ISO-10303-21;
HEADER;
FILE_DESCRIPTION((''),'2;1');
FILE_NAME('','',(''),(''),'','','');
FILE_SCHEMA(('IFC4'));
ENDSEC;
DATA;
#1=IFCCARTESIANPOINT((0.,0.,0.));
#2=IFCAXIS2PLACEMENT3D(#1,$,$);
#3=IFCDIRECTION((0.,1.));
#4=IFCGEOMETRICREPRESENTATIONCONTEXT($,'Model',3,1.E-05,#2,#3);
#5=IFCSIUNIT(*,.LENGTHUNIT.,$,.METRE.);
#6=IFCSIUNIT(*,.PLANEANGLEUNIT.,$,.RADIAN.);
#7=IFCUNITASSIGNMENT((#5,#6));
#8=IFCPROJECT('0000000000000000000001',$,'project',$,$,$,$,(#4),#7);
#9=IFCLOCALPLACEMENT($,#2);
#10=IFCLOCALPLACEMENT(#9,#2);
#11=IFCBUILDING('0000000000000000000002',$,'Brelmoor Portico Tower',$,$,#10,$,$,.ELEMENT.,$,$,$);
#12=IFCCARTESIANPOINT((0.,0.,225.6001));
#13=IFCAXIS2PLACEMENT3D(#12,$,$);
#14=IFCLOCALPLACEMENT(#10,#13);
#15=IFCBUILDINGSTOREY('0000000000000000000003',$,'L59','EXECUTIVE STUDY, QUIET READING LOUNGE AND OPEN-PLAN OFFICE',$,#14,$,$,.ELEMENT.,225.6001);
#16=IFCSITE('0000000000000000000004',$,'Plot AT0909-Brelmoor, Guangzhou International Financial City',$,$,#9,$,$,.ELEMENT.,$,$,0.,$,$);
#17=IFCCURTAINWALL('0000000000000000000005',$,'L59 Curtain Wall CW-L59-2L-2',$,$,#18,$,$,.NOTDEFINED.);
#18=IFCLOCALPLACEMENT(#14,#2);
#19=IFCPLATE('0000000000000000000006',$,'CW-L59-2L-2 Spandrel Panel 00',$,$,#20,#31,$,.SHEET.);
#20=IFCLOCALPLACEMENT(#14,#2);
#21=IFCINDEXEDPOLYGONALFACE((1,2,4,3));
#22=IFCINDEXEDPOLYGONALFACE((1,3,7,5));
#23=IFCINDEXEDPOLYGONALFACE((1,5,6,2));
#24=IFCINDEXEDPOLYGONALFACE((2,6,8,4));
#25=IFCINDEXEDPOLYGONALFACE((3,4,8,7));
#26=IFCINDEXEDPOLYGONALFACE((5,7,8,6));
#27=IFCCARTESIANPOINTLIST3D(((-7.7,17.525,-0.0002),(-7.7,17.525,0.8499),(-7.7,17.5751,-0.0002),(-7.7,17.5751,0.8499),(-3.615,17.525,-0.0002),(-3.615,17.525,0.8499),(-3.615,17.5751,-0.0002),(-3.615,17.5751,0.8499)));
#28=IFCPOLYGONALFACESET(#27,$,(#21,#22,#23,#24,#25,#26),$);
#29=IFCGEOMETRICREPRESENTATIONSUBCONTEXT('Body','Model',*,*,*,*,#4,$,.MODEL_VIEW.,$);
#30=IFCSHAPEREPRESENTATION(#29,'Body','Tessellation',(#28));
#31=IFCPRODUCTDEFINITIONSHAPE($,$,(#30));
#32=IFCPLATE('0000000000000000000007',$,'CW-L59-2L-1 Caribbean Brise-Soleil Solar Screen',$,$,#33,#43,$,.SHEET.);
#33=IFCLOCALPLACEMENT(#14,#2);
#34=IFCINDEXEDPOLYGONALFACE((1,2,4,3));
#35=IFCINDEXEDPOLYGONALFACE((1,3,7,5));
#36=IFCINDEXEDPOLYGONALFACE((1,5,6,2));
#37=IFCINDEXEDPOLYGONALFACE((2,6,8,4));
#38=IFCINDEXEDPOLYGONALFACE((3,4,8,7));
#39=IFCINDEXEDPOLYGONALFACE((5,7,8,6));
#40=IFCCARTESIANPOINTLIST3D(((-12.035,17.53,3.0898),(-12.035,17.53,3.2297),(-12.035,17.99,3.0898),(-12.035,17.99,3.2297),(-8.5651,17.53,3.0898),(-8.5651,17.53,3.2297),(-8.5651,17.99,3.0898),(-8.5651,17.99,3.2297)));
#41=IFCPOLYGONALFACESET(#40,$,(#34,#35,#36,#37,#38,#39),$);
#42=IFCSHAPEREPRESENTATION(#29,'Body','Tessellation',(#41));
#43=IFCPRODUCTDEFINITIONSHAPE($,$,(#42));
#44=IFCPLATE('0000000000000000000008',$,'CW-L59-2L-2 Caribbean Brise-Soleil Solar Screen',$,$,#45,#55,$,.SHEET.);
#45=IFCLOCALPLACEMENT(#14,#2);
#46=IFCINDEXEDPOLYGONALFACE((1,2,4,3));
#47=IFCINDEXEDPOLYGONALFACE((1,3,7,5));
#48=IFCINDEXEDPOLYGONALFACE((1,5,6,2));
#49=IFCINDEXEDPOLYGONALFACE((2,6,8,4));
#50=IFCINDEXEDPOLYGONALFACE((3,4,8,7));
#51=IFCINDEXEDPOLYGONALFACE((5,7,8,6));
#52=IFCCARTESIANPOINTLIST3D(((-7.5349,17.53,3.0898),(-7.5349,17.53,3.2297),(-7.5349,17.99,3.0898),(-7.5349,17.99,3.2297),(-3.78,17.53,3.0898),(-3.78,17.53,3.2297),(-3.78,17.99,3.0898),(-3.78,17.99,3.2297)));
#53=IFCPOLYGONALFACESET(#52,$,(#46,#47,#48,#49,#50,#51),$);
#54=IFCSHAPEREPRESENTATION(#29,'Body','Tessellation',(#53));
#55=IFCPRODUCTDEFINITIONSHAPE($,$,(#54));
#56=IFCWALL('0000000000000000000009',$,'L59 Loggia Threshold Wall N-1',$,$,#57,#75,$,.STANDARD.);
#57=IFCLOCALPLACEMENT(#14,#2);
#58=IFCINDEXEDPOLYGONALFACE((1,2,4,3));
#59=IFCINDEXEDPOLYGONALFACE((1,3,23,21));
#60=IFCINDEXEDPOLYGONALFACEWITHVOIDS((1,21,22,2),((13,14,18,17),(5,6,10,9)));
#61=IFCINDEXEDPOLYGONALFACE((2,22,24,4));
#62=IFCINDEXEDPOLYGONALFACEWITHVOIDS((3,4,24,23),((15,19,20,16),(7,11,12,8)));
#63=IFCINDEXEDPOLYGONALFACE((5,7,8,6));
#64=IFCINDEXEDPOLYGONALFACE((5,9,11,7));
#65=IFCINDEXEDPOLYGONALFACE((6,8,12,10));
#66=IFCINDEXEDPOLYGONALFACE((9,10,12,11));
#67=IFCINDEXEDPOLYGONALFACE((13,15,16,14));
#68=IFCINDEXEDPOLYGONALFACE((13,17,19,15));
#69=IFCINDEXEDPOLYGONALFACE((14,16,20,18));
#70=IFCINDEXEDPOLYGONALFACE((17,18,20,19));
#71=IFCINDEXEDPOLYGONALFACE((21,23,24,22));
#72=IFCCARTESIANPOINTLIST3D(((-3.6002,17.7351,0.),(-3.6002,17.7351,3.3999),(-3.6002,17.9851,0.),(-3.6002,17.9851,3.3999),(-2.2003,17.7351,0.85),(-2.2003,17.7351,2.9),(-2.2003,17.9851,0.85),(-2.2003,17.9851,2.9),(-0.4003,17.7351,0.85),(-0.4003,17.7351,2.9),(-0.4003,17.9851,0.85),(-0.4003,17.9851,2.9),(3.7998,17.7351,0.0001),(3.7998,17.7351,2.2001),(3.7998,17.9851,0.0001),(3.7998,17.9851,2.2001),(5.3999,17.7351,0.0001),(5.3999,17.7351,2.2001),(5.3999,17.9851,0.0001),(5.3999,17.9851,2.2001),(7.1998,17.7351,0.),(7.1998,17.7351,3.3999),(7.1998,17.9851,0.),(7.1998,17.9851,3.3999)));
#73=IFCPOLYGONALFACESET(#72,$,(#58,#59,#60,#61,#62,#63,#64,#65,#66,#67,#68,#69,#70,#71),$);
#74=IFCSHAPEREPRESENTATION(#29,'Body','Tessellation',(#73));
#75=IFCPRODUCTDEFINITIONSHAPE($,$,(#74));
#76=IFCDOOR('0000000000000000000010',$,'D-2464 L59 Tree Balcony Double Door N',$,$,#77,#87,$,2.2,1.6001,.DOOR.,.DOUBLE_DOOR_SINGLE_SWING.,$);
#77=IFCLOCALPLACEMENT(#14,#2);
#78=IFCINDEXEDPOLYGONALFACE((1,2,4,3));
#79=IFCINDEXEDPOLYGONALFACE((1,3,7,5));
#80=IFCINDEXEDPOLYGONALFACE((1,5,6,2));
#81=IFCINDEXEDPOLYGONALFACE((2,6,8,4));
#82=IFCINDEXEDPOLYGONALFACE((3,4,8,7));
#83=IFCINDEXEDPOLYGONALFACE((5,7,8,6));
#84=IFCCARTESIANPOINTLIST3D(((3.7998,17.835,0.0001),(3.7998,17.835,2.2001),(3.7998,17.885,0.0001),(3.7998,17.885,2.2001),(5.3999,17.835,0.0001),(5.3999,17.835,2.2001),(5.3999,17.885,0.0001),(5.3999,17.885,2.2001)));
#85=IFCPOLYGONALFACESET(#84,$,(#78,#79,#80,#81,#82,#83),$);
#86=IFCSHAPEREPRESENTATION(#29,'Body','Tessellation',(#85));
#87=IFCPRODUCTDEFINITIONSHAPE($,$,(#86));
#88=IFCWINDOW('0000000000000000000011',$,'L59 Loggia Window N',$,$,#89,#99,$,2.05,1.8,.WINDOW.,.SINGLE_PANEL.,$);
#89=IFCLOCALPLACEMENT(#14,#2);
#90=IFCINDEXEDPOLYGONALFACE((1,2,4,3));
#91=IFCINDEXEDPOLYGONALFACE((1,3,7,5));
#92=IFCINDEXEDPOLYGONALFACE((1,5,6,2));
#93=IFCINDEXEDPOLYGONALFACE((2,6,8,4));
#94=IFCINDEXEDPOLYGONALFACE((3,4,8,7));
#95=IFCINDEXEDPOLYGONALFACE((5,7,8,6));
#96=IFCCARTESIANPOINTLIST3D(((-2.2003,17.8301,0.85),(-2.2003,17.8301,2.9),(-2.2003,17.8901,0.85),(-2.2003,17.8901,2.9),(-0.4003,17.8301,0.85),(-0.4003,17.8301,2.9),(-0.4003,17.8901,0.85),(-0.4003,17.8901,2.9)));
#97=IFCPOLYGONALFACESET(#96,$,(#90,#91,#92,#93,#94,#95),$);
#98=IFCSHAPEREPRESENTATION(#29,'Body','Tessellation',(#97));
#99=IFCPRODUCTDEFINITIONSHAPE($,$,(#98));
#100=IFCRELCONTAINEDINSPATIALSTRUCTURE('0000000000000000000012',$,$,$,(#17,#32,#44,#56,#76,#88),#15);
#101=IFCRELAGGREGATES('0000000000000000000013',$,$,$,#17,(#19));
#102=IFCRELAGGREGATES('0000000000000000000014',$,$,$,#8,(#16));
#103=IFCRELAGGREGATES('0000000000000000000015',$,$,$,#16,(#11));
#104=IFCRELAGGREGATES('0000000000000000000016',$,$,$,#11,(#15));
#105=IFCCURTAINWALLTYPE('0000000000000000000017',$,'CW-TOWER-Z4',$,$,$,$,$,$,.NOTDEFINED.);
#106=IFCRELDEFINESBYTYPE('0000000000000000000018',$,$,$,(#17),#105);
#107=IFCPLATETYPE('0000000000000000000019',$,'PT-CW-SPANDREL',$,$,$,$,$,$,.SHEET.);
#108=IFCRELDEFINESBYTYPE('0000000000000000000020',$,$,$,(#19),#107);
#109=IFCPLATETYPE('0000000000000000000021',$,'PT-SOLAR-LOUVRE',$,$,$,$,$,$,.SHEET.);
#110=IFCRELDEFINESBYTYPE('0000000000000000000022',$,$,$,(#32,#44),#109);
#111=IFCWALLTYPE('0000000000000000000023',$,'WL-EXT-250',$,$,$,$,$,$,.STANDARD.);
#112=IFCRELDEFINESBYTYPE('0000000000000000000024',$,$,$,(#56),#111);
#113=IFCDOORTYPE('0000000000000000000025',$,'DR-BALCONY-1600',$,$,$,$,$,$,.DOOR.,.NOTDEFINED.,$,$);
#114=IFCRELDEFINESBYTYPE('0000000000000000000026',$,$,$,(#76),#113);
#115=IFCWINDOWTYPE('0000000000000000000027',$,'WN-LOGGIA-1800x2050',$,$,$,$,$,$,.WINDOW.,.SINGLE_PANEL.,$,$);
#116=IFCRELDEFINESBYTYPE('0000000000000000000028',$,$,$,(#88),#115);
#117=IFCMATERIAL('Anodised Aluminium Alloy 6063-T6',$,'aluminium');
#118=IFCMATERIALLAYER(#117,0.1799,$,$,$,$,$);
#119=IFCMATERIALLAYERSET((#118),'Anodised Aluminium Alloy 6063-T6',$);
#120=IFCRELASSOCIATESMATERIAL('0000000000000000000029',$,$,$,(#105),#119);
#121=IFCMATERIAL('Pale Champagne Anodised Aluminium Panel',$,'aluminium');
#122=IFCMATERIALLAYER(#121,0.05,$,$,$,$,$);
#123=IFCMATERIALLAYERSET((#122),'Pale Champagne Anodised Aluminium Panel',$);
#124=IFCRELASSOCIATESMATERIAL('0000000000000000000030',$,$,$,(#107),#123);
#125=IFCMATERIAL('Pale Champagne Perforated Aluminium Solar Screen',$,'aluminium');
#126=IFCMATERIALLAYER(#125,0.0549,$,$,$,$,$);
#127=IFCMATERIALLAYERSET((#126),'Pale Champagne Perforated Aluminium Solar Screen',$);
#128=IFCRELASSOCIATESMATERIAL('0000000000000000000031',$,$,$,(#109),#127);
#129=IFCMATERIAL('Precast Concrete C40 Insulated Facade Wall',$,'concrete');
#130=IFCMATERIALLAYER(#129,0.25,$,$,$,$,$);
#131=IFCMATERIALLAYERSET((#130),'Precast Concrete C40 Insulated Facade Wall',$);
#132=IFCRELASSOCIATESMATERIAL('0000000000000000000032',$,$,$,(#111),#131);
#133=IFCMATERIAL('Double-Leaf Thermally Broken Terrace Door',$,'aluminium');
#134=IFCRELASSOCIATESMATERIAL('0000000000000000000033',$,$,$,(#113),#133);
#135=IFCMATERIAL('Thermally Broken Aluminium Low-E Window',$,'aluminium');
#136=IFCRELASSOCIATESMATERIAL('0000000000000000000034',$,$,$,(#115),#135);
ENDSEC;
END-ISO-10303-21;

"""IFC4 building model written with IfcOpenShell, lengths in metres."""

from ifc_helpers import new_model, si_unit, direction, frame, frame_2d, origin, origin_2d, place, context, subcontext, project, spatial, rectangle, extrude, material, layer, layer_set, type_object, element, fill, aggregate, save


model = new_model("IFC4")

# Units and contexts
model_context = context("Model", 3, precision=1e-05, world=origin(), true_north=direction((0.0, 1.0)))
body_context = subcontext(model_context, "Body", "Model", "MODEL_VIEW")
ifc_project = project(units=[si_unit("LENGTHUNIT", "METRE"), si_unit("PLANEANGLEUNIT", "RADIAN")], contexts=[model_context])

# Site, building, storey
site_placement = place(None, origin())
site = spatial("IfcSite", under=ifc_project, at=site_placement, Name="Plot AT0909-Brelmoor, Guangzhou International Financial City", CompositionType="ELEMENT", RefElevation=0.0)
building_placement = place(site_placement, origin())
building = spatial("IfcBuilding", under=site, at=building_placement, Name="Brelmoor Portico Tower", CompositionType="ELEMENT")
storey_placement = place(building_placement, frame((0.0, 0.0, 225.6001)))
storey = spatial("IfcBuildingStorey", under=building, at=storey_placement, Name="L59", Description="EXECUTIVE STUDY, QUIET READING LOUNGE AND OPEN-PLAN OFFICE", CompositionType="ELEMENT", Elevation=225.6001)

# Shared definitions
ifc_material_1 = material(Name="Anodised Aluminium Alloy 6063-T6", Category="aluminium")

# Curtain wall
ifc_layer_1 = layer(ifc_material_1, 0.1799)
ifc_layer_set_1 = layer_set([ifc_layer_1], Name="Anodised Aluminium Alloy 6063-T6")
curtain_wall_type_1 = type_object("IfcCurtainWallType", Name="CW-TOWER-Z4", PredefinedType="NOTDEFINED", material=ifc_layer_set_1)
curtain_wall_1_placement = place(storey_placement, origin())
curtain_wall_1 = element("IfcCurtainWall", 1, at=curtain_wall_1_placement, inside=storey, type_object=curtain_wall_type_1, Name="L59 Curtain Wall CW-L59-2L-2", PredefinedType="NOTDEFINED")

# Plate
ifc_material_2 = material(Name="Pale Champagne Anodised Aluminium Panel", Category="aluminium")
ifc_layer_2 = layer(ifc_material_2, 0.05)
ifc_layer_set_2 = layer_set([ifc_layer_2], Name="Pale Champagne Anodised Aluminium Panel")
plate_type_1 = type_object("IfcPlateType", Name="PT-CW-SPANDREL", PredefinedType="SHEET", material=ifc_layer_set_2)
plate_1_placement = place(storey_placement, frame((-5.6575, 17.55, -0.0002), z_axis=(0.0, 0.0, 1.0), x_axis=(1.0, 0.0, 0.0)))
plate_1 = element("IfcPlate", 2, at=plate_1_placement, type_object=plate_type_1, Name="CW-L59-2L-2 Spandrel Panel 00", PredefinedType="SHEET", context=body_context, shape_type="SweptSolid", body=[
    extrude(rectangle(XDim=4.085, YDim=0.05, at=origin_2d()), origin(), (0.0, 0.0, 1.0), 0.8501),
])
aggregate(curtain_wall_1, [plate_1])

# Plates
ifc_material_3 = material(Name="Pale Champagne Perforated Aluminium Solar Screen", Category="aluminium")
ifc_layer_3 = layer(ifc_material_3, 0.0549)
ifc_layer_set_3 = layer_set([ifc_layer_3], Name="Pale Champagne Perforated Aluminium Solar Screen")
plate_type_2 = type_object("IfcPlateType", Name="PT-SOLAR-LOUVRE", PredefinedType="SHEET", material=ifc_layer_set_3)
plate_2_placement = place(storey_placement, frame((-10.3, 17.76, 3.0898), z_axis=(0.0, 0.0, 1.0), x_axis=(1.0, 0.0, 0.0)))
element("IfcPlate", 3, at=plate_2_placement, inside=storey, type_object=plate_type_2, Name="CW-L59-2L-1 Caribbean Brise-Soleil Solar Screen", PredefinedType="SHEET", context=body_context, shape_type="SweptSolid", body=[
    extrude(rectangle(XDim=3.47, YDim=0.46, at=origin_2d()), origin(), (0.0, 0.0, 1.0), 0.1399),
])
plate_3_placement = place(storey_placement, frame((-5.6575, 17.76, 3.0898), z_axis=(0.0, 0.0, 1.0), x_axis=(1.0, 0.0, 0.0)))
element("IfcPlate", 4, at=plate_3_placement, inside=storey, type_object=plate_type_2, Name="CW-L59-2L-2 Caribbean Brise-Soleil Solar Screen", PredefinedType="SHEET", context=body_context, shape_type="SweptSolid", body=[
    extrude(rectangle(XDim=3.7549, YDim=0.46, at=origin_2d()), origin(), (0.0, 0.0, 1.0), 0.1399),
])

# Wall, openings, door, window
ifc_material_4 = material(Name="Precast Concrete C40 Insulated Facade Wall", Category="concrete")
ifc_layer_4 = layer(ifc_material_4, 0.25)
ifc_layer_set_4 = layer_set([ifc_layer_4], Name="Precast Concrete C40 Insulated Facade Wall")
wall_type = type_object("IfcWallType", Name="WL-EXT-250", PredefinedType="STANDARD", material=ifc_layer_set_4)
wall_placement = place(storey_placement, frame((-3.6001, 17.8601, 0.0), z_axis=(0.0, 0.0, 1.0), x_axis=(1.0, 0.0, 0.0)))
wall = element("IfcWall", 5, at=wall_placement, inside=storey, type_object=wall_type, Name="L59 Loggia Threshold Wall N-1", PredefinedType="STANDARD", context=body_context, shape_type="SweptSolid", body=[
    extrude(rectangle(XDim=10.8, YDim=0.25, at=frame_2d((5.3999, 0.0))), origin(), (0.0, 0.0, 1.0), 3.3999),
])
opening_1_placement = place(wall_placement, frame((7.3999, 0.0, 0.0)))
opening_1 = element("IfcOpeningElement", 6, at=opening_1_placement, cuts=wall, PredefinedType="OPENING", context=body_context, shape_type="SweptSolid", body=[
    extrude(rectangle(XDim=1.6001, YDim=2.2, at=frame_2d((0.8, 1.1001))), frame((0.0, 0.135, 0.0), z_axis=(0.0, -1.0, 0.0), x_axis=(1.0, 0.0, 0.0)), (0.0, 0.0, 1.0), 0.27),
])
opening_2_placement = place(wall_placement, frame((1.3999, 0.0, 0.8501)))
opening_2 = element("IfcOpeningElement", 7, at=opening_2_placement, cuts=wall, PredefinedType="OPENING", context=body_context, shape_type="SweptSolid", body=[
    extrude(rectangle(XDim=1.8, YDim=2.05, at=frame_2d((0.8999, 1.0249))), frame((0.0, 0.135, 0.0), z_axis=(0.0, -1.0, 0.0), x_axis=(1.0, 0.0, 0.0)), (0.0, 0.0, 1.0), 0.27),
])
ifc_material_5 = material(Name="Double-Leaf Thermally Broken Terrace Door", Category="aluminium")
door_type = type_object("IfcDoorType", Name="DR-BALCONY-1600", OperationType="NOTDEFINED", PredefinedType="DOOR", material=ifc_material_5)
door_placement = place(opening_1_placement, origin())
door = element("IfcDoor", 8, at=door_placement, inside=storey, type_object=door_type, Name="D-2464 L59 Tree Balcony Double Door N", OperationType="DOUBLE_DOOR_SINGLE_SWING", OverallHeight=2.2, OverallWidth=1.6001, PredefinedType="DOOR", context=body_context, shape_type="SweptSolid", body=[
    extrude(rectangle(XDim=1.6001, YDim=2.2, at=frame_2d((0.8, 1.1001))), frame((0.0, 0.0249, 0.0), z_axis=(0.0, -1.0, 0.0), x_axis=(1.0, 0.0, 0.0)), (0.0, 0.0, 1.0), 0.05),
])
fill(opening_1, door)
ifc_material_6 = material(Name="Thermally Broken Aluminium Low-E Window", Category="aluminium")
window_type = type_object("IfcWindowType", Name="WN-LOGGIA-1800x2050", PartitioningType="SINGLE_PANEL", PredefinedType="WINDOW", material=ifc_material_6)
window_placement = place(opening_2_placement, origin())
window = element("IfcWindow", 9, at=window_placement, inside=storey, type_object=window_type, Name="L59 Loggia Window N", OverallHeight=2.05, OverallWidth=1.8, PartitioningType="SINGLE_PANEL", PredefinedType="WINDOW", context=body_context, shape_type="SweptSolid", body=[
    extrude(rectangle(XDim=1.8, YDim=2.05, at=frame_2d((0.8999, 1.0249))), frame((0.0, 0.03, 0.0), z_axis=(0.0, -1.0, 0.0), x_axis=(1.0, 0.0, 0.0)), (0.0, 0.0, 1.0), 0.0601),
])
fill(opening_2, window)

save(model, "model.ifc")
